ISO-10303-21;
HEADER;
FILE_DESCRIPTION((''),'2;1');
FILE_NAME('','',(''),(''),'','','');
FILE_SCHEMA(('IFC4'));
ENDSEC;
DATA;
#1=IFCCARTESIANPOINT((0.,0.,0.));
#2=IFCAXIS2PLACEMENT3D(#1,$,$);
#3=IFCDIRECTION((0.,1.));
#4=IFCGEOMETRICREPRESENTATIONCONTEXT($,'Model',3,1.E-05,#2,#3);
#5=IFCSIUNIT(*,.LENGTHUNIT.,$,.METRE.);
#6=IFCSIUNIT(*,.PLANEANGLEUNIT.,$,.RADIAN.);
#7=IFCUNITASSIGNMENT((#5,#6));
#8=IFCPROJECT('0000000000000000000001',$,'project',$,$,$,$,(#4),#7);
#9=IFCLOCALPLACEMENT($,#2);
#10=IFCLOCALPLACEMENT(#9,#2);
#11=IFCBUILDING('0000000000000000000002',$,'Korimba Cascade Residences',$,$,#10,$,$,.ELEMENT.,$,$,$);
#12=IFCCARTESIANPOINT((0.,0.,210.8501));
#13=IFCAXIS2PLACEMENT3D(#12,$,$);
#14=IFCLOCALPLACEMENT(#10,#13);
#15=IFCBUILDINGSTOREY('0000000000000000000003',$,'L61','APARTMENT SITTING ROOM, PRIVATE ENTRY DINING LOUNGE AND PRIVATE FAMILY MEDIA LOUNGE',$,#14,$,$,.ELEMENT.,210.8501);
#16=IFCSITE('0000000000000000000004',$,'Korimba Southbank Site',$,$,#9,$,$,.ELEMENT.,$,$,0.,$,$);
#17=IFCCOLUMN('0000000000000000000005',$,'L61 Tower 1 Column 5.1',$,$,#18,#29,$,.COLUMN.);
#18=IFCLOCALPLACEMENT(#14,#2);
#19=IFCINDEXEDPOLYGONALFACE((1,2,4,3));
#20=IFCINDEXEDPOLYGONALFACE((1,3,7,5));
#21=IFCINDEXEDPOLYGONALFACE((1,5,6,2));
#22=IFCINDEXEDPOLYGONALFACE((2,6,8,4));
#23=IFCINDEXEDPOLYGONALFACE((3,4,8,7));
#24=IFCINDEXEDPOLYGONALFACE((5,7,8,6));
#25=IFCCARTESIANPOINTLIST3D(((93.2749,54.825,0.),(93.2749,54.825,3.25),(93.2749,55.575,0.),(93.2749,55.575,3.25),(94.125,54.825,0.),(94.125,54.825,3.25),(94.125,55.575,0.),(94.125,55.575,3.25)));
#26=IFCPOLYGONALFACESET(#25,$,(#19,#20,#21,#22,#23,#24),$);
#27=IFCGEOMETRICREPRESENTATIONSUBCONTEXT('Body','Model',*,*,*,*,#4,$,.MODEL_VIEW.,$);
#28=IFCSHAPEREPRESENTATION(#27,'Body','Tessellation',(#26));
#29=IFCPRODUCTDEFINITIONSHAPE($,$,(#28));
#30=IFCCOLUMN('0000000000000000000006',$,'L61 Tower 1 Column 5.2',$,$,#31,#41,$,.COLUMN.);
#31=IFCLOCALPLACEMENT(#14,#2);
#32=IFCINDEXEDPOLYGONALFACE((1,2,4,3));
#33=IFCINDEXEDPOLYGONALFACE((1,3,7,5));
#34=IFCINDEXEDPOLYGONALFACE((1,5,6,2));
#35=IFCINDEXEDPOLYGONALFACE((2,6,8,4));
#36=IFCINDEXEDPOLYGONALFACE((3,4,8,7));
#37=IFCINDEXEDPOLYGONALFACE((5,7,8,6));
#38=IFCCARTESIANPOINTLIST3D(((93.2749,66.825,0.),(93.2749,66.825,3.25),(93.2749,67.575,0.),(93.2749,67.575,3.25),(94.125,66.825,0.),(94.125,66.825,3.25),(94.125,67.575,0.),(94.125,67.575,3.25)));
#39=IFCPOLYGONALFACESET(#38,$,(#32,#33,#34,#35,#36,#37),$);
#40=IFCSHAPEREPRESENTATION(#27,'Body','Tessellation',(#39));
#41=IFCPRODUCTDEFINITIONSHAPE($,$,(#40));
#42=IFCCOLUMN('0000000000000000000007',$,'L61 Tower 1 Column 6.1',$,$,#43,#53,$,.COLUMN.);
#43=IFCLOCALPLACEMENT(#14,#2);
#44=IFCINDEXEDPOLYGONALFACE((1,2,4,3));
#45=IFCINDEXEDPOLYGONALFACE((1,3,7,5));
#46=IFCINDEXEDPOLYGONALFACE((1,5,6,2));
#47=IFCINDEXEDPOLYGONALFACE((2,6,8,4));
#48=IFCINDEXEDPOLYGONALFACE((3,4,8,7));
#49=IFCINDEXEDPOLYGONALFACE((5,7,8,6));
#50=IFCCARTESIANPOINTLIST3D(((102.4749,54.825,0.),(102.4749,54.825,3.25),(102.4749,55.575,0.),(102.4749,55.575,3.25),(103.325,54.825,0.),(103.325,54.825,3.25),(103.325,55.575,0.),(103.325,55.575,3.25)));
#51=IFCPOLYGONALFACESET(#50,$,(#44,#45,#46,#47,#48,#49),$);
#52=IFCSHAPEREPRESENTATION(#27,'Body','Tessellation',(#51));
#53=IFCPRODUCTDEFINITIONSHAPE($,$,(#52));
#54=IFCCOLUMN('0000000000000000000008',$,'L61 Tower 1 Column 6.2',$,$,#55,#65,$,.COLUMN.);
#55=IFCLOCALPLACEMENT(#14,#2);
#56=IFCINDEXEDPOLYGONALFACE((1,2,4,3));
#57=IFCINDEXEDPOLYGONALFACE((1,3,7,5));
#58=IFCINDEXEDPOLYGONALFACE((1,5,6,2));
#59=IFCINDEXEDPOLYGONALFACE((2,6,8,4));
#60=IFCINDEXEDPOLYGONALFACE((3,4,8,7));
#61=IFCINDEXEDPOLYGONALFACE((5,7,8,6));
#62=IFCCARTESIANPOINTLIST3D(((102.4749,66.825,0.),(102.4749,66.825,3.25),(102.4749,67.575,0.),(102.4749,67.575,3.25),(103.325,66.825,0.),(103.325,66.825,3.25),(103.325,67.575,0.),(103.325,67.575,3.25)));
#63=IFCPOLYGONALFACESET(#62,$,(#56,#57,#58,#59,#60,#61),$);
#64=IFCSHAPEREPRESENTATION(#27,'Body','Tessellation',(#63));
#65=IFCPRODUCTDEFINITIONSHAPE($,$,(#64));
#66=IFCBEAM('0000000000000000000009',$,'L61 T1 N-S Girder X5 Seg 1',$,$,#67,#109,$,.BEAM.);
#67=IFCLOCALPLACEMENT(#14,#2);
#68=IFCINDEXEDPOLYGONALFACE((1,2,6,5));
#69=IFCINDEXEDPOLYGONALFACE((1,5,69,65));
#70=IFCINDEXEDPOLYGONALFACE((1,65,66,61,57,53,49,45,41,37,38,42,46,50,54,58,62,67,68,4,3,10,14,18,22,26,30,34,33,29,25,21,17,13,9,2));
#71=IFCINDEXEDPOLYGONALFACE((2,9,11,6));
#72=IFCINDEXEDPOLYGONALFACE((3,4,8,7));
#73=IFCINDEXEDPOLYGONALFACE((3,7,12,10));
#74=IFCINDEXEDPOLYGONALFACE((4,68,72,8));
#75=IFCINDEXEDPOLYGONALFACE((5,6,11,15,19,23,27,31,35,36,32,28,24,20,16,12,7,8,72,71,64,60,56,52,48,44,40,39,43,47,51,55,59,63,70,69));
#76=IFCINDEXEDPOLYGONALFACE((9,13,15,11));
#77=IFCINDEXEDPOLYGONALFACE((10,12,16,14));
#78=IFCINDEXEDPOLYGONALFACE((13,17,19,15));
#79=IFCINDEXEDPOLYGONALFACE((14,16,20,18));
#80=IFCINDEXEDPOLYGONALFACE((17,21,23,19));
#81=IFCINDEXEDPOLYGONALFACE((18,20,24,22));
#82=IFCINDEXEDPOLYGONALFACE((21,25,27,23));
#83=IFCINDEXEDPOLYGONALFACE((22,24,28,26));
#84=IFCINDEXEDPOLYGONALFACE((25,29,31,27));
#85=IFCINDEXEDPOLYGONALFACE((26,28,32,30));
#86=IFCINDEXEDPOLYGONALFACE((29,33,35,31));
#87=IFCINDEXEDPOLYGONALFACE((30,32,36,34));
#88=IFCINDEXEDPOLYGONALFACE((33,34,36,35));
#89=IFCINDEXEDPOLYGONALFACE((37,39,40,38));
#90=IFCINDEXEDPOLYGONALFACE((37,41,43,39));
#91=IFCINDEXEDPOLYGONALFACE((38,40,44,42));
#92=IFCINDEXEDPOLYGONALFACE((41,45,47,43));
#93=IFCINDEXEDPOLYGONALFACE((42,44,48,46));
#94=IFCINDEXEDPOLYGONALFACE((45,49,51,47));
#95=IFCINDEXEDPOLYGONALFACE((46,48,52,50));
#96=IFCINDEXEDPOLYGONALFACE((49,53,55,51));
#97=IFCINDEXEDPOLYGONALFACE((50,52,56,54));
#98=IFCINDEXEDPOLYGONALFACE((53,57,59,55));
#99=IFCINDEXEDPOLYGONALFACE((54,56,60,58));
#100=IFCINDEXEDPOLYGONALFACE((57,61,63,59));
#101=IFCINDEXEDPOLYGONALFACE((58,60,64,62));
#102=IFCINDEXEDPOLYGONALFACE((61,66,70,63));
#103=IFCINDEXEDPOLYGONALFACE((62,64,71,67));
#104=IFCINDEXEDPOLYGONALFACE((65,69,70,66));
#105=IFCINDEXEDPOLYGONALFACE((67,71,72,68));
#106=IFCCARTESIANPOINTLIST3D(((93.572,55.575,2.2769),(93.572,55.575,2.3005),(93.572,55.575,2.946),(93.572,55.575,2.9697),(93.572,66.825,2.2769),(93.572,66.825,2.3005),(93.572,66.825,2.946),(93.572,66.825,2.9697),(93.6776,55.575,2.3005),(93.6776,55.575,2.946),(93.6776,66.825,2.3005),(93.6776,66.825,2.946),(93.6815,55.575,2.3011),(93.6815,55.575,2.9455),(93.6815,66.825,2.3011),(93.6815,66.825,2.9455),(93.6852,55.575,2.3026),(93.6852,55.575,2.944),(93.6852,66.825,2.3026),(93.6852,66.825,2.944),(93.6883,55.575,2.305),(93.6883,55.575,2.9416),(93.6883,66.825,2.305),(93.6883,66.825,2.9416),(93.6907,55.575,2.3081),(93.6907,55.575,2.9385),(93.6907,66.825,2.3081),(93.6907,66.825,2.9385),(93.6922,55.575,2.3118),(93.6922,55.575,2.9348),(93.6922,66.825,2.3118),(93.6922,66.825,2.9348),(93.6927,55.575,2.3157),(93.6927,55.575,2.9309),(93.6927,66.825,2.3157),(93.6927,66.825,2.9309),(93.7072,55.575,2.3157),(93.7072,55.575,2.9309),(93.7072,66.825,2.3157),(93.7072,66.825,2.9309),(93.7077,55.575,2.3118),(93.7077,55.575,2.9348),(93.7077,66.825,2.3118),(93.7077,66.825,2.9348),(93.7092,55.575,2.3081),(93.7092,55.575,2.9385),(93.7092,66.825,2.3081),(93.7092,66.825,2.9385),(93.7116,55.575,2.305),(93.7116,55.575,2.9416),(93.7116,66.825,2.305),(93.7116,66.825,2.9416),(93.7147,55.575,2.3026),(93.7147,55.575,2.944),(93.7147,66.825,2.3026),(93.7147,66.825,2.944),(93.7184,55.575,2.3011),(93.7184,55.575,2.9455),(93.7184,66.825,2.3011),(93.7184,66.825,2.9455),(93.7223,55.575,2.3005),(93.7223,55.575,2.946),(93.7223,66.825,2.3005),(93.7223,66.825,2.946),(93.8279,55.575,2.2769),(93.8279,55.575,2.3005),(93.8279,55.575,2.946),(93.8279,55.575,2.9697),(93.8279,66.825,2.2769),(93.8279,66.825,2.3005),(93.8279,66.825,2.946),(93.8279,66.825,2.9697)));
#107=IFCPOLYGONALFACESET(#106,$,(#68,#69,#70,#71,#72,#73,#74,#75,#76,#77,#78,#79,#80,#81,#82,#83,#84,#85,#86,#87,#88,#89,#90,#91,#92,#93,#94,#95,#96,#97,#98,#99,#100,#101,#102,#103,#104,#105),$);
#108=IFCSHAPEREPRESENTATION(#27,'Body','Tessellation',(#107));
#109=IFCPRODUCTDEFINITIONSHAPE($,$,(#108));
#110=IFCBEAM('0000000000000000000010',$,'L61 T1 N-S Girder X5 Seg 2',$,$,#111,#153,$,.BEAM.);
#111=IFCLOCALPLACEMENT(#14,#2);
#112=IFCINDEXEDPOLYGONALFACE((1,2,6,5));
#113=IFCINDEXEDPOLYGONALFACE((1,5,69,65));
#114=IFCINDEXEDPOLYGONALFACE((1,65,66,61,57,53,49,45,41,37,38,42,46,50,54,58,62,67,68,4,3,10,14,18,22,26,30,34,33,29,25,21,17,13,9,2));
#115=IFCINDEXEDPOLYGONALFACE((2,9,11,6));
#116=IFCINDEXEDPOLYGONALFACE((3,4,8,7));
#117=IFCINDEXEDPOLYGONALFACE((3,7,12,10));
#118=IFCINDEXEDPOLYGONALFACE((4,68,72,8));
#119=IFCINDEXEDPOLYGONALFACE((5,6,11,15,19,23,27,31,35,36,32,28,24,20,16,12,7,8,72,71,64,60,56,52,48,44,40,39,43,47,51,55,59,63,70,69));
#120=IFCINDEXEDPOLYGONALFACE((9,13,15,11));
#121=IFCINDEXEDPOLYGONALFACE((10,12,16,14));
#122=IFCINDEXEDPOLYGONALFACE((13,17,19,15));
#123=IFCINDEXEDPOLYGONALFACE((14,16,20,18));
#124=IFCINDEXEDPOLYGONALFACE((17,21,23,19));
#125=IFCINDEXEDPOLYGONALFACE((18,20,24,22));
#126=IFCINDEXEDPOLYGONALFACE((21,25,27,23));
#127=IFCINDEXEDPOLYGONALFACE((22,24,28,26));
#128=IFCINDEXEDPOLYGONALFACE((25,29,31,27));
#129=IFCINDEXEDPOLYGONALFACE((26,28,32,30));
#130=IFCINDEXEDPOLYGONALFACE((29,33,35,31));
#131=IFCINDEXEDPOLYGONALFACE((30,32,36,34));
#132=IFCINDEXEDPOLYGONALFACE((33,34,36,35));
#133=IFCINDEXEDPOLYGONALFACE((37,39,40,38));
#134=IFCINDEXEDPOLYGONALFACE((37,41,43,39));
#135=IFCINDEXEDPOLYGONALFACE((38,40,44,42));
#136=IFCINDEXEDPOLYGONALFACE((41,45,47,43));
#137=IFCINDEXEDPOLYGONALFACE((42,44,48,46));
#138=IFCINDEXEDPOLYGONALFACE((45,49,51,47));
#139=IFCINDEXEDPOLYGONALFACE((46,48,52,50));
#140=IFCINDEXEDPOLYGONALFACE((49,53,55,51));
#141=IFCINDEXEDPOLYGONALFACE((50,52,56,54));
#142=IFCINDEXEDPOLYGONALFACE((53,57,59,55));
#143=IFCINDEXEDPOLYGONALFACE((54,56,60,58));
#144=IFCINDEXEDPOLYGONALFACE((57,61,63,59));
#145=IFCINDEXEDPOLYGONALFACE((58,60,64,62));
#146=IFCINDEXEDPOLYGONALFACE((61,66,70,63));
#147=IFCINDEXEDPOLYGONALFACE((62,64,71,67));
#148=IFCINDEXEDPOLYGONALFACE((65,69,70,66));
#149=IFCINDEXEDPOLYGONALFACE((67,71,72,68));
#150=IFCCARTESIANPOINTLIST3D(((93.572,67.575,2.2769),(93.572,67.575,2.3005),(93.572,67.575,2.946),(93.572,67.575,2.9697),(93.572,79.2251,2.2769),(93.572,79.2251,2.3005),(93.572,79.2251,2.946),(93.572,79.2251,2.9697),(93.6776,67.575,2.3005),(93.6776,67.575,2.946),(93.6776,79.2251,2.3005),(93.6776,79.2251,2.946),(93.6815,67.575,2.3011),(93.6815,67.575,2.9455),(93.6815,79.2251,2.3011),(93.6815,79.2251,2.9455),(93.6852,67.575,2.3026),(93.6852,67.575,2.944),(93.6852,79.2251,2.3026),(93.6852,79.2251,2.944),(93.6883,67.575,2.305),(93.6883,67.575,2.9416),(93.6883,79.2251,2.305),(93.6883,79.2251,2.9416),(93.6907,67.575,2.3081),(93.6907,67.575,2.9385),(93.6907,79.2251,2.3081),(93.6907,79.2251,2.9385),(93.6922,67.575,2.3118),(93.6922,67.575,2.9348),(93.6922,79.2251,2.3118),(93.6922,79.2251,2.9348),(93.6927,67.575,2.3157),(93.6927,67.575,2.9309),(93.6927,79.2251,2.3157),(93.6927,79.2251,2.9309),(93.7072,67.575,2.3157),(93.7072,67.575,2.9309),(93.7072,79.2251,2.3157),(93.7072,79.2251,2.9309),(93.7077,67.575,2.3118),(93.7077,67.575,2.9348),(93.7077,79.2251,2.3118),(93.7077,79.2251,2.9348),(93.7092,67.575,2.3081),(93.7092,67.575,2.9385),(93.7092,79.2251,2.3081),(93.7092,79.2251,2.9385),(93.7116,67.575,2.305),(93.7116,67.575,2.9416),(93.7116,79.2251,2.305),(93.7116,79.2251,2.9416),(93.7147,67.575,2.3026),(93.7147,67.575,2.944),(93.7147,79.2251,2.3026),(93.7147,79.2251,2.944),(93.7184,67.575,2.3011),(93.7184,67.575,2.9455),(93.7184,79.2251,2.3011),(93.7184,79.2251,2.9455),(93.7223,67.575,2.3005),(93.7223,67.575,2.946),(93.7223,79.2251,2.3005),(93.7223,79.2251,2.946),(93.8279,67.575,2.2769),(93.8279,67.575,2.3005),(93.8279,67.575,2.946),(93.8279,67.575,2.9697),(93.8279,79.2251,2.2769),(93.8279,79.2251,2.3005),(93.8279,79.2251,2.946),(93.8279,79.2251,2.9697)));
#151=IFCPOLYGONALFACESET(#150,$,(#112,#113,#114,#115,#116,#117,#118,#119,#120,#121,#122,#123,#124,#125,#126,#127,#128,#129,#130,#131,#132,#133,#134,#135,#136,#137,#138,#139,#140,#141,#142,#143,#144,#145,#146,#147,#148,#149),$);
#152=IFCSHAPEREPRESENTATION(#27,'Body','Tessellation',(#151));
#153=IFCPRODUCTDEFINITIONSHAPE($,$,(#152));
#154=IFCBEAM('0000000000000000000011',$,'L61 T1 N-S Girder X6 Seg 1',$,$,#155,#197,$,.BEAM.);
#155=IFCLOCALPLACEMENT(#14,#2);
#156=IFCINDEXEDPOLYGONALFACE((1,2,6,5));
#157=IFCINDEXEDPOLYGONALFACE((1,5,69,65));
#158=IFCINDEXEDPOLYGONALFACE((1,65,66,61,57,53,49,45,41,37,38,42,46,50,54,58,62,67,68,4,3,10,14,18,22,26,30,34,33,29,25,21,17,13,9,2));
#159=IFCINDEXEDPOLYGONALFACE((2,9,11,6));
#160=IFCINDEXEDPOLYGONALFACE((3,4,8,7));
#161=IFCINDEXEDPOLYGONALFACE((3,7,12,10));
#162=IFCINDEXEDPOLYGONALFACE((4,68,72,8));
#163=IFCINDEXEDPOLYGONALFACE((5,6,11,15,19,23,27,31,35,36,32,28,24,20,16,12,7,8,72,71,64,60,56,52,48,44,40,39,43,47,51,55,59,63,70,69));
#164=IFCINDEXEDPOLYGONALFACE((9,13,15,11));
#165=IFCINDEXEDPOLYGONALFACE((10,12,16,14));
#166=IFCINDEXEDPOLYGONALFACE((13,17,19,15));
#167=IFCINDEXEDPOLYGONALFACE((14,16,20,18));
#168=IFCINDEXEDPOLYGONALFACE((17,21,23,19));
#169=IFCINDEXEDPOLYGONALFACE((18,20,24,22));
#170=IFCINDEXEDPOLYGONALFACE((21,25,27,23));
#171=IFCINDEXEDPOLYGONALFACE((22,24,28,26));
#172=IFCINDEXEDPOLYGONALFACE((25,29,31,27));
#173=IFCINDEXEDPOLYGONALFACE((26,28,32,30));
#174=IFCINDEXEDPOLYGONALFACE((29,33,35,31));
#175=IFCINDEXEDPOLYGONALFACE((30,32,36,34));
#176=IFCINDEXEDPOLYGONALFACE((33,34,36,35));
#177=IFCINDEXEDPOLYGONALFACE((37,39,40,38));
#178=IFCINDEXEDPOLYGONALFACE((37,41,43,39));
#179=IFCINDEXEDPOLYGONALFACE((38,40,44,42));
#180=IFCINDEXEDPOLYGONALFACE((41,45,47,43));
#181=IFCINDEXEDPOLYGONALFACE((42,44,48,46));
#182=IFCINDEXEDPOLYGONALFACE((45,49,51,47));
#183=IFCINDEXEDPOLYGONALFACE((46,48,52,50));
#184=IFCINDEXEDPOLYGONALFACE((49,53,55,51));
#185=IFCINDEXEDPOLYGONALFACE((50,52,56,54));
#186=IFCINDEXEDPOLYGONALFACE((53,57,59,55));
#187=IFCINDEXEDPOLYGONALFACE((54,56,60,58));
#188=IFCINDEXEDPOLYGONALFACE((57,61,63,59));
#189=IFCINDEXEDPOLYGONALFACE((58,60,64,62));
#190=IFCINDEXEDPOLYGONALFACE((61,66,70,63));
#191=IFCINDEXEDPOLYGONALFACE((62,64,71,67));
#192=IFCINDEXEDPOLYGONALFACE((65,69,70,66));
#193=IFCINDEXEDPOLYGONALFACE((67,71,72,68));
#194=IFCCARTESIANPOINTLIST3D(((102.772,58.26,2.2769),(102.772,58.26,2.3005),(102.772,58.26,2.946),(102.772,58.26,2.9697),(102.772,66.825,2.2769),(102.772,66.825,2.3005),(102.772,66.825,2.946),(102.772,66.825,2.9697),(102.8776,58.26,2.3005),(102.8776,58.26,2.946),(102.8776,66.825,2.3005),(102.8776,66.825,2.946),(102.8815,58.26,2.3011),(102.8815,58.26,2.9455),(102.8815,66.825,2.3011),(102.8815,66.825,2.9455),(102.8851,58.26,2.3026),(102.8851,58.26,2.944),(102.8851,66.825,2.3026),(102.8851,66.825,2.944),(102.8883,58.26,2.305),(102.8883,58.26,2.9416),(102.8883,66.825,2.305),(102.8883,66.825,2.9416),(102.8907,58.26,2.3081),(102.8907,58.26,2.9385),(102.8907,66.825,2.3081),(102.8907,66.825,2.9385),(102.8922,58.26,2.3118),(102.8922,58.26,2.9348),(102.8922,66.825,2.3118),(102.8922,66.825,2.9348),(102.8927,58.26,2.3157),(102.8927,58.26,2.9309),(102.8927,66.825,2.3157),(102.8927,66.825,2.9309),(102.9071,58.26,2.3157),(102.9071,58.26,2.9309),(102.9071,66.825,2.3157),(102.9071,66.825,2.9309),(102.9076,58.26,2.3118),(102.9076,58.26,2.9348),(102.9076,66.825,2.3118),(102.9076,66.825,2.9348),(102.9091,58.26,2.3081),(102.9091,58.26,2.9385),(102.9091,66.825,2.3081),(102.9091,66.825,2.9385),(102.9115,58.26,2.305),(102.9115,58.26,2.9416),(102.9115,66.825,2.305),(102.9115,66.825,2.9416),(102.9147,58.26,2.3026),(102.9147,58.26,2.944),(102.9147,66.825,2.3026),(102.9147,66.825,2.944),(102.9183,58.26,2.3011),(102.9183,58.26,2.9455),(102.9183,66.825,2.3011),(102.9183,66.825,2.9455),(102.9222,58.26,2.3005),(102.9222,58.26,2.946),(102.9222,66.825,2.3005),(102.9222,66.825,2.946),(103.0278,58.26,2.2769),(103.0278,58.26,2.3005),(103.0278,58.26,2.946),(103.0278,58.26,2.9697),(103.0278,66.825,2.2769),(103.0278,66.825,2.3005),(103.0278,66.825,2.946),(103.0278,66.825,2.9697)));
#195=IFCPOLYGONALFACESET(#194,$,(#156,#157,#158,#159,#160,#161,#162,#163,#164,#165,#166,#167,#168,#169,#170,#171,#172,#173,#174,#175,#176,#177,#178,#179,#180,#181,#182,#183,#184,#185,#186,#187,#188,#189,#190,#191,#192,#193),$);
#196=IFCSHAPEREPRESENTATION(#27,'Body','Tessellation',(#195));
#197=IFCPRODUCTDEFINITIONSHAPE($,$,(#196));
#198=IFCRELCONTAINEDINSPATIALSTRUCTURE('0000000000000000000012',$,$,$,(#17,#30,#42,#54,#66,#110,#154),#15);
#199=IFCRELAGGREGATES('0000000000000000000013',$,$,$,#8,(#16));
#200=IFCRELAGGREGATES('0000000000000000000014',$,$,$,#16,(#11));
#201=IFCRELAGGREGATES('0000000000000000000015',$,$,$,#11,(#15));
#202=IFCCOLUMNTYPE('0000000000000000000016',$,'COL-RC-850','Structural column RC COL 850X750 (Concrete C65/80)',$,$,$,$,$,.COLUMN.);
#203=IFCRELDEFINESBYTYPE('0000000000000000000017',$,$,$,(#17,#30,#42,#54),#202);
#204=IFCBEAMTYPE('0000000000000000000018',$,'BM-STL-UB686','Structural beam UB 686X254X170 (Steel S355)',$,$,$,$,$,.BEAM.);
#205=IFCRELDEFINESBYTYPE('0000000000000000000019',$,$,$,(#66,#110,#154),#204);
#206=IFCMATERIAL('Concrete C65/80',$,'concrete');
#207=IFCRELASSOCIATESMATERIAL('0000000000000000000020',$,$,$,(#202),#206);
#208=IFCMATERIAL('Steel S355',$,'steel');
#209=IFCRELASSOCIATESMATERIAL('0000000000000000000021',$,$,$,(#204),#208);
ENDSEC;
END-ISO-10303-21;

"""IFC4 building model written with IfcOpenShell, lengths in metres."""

from ifc_helpers import new_model, si_unit, direction, frame, origin, origin_2d, place, context, subcontext, project, spatial, rectangle, i_section, extrude, material, material_profile, profile_set, type_object, element, save


model = new_model("IFC4")

# Units and contexts
model_context = context("Model", 3, precision=1e-05, world=origin(), true_north=direction((0.0, 1.0)))
body_context = subcontext(model_context, "Body", "Model", "MODEL_VIEW")
ifc_project = project(units=[si_unit("LENGTHUNIT", "METRE"), si_unit("PLANEANGLEUNIT", "RADIAN")], contexts=[model_context])

# Site, building, storey
site_placement = place(None, origin())
site = spatial("IfcSite", under=ifc_project, at=site_placement, Name="Korimba Southbank Site", CompositionType="ELEMENT", RefElevation=0.0)
building_placement = place(site_placement, origin())
building = spatial("IfcBuilding", under=site, at=building_placement, Name="Korimba Cascade Residences", CompositionType="ELEMENT")
storey_placement = place(building_placement, frame((0.0, 0.0, 210.8501)))
storey = spatial("IfcBuildingStorey", under=building, at=storey_placement, Name="L61", Description="APARTMENT SITTING ROOM, PRIVATE ENTRY DINING LOUNGE AND PRIVATE FAMILY MEDIA LOUNGE", CompositionType="ELEMENT", Elevation=210.8501)

# Columns
ifc_material_1 = material(Name="Concrete C65/80", Category="concrete")
ifc_material_profile_1 = material_profile(ifc_material_1, rectangle(XDim=0.8501, YDim=0.75, at=origin_2d()), Name="Concrete C65/80")
ifc_profile_set_1 = profile_set([ifc_material_profile_1], Name="Concrete C65/80")
column_type = type_object("IfcColumnType", Name="COL-RC-850", Description="Structural column RC COL 850X750 (Concrete C65/80)", PredefinedType="COLUMN", material=ifc_profile_set_1)
for number, where, z_axis, x_axis, name in (
    (1, (93.7, 55.2, 0.0), (0.0, 0.0, 1.0), (1.0, 0.0, 0.0), "L61 Tower 1 Column 5.1"),
    (2, (93.7, 67.2, 0.0), (0.0, 0.0, 1.0), (1.0, 0.0, 0.0), "L61 Tower 1 Column 5.2"),
    (3, (102.8999, 55.2, 0.0), (0.0, 0.0, 1.0), (1.0, 0.0, 0.0), "L61 Tower 1 Column 6.1"),
    (4, (102.8999, 67.2, 0.0), (0.0, 0.0, 1.0), (1.0, 0.0, 0.0), "L61 Tower 1 Column 6.2"),
):
    element("IfcColumn", number, at=place(storey_placement, frame(where, z_axis=z_axis, x_axis=x_axis)), inside=storey, type_object=column_type, Name=name, PredefinedType="COLUMN", context=body_context, shape_type="SweptSolid", body=[
        extrude(rectangle(XDim=0.8501, YDim=0.75, at=origin_2d()), origin(), (0.0, 0.0, 1.0), 3.25),
    ])

# Beams
ifc_material_2 = material(Name="Steel S355", Category="steel")
ifc_material_profile_2 = material_profile(ifc_material_2, i_section(OverallWidth=0.2559, OverallDepth=0.6929, WebThickness=0.0144, FlangeThickness=0.0237, FilletRadius=0.0151, at=origin_2d()), Name="Steel S355")
ifc_profile_set_2 = profile_set([ifc_material_profile_2], Name="Steel S355")
beam_type = type_object("IfcBeamType", Name="BM-STL-UB686", Description="Structural beam UB 686X254X170 (Steel S355)", PredefinedType="BEAM", material=ifc_profile_set_2)
beam_1_placement = place(storey_placement, frame((93.7, 55.575, 2.6233), z_axis=(0.0, 1.0, 0.0), x_axis=(-1.0, 0.0, 0.0)))
element("IfcBeam", 5, at=beam_1_placement, inside=storey, type_object=beam_type, Name="L61 T1 N-S Girder X5 Seg 1", PredefinedType="BEAM", context=body_context, shape_type="SweptSolid", body=[
    extrude(i_section(OverallWidth=0.2559, OverallDepth=0.6929, WebThickness=0.0144, FlangeThickness=0.0237, FilletRadius=0.0151, at=origin_2d()), origin(), (0.0, 0.0, 1.0), 11.25),
])
beam_2_placement = place(storey_placement, frame((93.7, 67.575, 2.6233), z_axis=(0.0, 1.0, 0.0), x_axis=(-1.0, 0.0, 0.0)))
element("IfcBeam", 6, at=beam_2_placement, inside=storey, type_object=beam_type, Name="L61 T1 N-S Girder X5 Seg 2", PredefinedType="BEAM", context=body_context, shape_type="SweptSolid", body=[
    extrude(i_section(OverallWidth=0.2559, OverallDepth=0.6929, WebThickness=0.0144, FlangeThickness=0.0237, FilletRadius=0.0151, at=origin_2d()), origin(), (0.0, 0.0, 1.0), 11.6501),
])
beam_3_placement = place(storey_placement, frame((102.8999, 58.26, 2.6233), z_axis=(0.0, 1.0, 0.0), x_axis=(-1.0, 0.0, 0.0)))
element("IfcBeam", 7, at=beam_3_placement, inside=storey, type_object=beam_type, Name="L61 T1 N-S Girder X6 Seg 1", PredefinedType="BEAM", context=body_context, shape_type="SweptSolid", body=[
    extrude(i_section(OverallWidth=0.2559, OverallDepth=0.6929, WebThickness=0.0144, FlangeThickness=0.0237, FilletRadius=0.0151, at=origin_2d()), origin(), (0.0, 0.0, 1.0), 8.5649),
])

save(model, "model.ifc")
